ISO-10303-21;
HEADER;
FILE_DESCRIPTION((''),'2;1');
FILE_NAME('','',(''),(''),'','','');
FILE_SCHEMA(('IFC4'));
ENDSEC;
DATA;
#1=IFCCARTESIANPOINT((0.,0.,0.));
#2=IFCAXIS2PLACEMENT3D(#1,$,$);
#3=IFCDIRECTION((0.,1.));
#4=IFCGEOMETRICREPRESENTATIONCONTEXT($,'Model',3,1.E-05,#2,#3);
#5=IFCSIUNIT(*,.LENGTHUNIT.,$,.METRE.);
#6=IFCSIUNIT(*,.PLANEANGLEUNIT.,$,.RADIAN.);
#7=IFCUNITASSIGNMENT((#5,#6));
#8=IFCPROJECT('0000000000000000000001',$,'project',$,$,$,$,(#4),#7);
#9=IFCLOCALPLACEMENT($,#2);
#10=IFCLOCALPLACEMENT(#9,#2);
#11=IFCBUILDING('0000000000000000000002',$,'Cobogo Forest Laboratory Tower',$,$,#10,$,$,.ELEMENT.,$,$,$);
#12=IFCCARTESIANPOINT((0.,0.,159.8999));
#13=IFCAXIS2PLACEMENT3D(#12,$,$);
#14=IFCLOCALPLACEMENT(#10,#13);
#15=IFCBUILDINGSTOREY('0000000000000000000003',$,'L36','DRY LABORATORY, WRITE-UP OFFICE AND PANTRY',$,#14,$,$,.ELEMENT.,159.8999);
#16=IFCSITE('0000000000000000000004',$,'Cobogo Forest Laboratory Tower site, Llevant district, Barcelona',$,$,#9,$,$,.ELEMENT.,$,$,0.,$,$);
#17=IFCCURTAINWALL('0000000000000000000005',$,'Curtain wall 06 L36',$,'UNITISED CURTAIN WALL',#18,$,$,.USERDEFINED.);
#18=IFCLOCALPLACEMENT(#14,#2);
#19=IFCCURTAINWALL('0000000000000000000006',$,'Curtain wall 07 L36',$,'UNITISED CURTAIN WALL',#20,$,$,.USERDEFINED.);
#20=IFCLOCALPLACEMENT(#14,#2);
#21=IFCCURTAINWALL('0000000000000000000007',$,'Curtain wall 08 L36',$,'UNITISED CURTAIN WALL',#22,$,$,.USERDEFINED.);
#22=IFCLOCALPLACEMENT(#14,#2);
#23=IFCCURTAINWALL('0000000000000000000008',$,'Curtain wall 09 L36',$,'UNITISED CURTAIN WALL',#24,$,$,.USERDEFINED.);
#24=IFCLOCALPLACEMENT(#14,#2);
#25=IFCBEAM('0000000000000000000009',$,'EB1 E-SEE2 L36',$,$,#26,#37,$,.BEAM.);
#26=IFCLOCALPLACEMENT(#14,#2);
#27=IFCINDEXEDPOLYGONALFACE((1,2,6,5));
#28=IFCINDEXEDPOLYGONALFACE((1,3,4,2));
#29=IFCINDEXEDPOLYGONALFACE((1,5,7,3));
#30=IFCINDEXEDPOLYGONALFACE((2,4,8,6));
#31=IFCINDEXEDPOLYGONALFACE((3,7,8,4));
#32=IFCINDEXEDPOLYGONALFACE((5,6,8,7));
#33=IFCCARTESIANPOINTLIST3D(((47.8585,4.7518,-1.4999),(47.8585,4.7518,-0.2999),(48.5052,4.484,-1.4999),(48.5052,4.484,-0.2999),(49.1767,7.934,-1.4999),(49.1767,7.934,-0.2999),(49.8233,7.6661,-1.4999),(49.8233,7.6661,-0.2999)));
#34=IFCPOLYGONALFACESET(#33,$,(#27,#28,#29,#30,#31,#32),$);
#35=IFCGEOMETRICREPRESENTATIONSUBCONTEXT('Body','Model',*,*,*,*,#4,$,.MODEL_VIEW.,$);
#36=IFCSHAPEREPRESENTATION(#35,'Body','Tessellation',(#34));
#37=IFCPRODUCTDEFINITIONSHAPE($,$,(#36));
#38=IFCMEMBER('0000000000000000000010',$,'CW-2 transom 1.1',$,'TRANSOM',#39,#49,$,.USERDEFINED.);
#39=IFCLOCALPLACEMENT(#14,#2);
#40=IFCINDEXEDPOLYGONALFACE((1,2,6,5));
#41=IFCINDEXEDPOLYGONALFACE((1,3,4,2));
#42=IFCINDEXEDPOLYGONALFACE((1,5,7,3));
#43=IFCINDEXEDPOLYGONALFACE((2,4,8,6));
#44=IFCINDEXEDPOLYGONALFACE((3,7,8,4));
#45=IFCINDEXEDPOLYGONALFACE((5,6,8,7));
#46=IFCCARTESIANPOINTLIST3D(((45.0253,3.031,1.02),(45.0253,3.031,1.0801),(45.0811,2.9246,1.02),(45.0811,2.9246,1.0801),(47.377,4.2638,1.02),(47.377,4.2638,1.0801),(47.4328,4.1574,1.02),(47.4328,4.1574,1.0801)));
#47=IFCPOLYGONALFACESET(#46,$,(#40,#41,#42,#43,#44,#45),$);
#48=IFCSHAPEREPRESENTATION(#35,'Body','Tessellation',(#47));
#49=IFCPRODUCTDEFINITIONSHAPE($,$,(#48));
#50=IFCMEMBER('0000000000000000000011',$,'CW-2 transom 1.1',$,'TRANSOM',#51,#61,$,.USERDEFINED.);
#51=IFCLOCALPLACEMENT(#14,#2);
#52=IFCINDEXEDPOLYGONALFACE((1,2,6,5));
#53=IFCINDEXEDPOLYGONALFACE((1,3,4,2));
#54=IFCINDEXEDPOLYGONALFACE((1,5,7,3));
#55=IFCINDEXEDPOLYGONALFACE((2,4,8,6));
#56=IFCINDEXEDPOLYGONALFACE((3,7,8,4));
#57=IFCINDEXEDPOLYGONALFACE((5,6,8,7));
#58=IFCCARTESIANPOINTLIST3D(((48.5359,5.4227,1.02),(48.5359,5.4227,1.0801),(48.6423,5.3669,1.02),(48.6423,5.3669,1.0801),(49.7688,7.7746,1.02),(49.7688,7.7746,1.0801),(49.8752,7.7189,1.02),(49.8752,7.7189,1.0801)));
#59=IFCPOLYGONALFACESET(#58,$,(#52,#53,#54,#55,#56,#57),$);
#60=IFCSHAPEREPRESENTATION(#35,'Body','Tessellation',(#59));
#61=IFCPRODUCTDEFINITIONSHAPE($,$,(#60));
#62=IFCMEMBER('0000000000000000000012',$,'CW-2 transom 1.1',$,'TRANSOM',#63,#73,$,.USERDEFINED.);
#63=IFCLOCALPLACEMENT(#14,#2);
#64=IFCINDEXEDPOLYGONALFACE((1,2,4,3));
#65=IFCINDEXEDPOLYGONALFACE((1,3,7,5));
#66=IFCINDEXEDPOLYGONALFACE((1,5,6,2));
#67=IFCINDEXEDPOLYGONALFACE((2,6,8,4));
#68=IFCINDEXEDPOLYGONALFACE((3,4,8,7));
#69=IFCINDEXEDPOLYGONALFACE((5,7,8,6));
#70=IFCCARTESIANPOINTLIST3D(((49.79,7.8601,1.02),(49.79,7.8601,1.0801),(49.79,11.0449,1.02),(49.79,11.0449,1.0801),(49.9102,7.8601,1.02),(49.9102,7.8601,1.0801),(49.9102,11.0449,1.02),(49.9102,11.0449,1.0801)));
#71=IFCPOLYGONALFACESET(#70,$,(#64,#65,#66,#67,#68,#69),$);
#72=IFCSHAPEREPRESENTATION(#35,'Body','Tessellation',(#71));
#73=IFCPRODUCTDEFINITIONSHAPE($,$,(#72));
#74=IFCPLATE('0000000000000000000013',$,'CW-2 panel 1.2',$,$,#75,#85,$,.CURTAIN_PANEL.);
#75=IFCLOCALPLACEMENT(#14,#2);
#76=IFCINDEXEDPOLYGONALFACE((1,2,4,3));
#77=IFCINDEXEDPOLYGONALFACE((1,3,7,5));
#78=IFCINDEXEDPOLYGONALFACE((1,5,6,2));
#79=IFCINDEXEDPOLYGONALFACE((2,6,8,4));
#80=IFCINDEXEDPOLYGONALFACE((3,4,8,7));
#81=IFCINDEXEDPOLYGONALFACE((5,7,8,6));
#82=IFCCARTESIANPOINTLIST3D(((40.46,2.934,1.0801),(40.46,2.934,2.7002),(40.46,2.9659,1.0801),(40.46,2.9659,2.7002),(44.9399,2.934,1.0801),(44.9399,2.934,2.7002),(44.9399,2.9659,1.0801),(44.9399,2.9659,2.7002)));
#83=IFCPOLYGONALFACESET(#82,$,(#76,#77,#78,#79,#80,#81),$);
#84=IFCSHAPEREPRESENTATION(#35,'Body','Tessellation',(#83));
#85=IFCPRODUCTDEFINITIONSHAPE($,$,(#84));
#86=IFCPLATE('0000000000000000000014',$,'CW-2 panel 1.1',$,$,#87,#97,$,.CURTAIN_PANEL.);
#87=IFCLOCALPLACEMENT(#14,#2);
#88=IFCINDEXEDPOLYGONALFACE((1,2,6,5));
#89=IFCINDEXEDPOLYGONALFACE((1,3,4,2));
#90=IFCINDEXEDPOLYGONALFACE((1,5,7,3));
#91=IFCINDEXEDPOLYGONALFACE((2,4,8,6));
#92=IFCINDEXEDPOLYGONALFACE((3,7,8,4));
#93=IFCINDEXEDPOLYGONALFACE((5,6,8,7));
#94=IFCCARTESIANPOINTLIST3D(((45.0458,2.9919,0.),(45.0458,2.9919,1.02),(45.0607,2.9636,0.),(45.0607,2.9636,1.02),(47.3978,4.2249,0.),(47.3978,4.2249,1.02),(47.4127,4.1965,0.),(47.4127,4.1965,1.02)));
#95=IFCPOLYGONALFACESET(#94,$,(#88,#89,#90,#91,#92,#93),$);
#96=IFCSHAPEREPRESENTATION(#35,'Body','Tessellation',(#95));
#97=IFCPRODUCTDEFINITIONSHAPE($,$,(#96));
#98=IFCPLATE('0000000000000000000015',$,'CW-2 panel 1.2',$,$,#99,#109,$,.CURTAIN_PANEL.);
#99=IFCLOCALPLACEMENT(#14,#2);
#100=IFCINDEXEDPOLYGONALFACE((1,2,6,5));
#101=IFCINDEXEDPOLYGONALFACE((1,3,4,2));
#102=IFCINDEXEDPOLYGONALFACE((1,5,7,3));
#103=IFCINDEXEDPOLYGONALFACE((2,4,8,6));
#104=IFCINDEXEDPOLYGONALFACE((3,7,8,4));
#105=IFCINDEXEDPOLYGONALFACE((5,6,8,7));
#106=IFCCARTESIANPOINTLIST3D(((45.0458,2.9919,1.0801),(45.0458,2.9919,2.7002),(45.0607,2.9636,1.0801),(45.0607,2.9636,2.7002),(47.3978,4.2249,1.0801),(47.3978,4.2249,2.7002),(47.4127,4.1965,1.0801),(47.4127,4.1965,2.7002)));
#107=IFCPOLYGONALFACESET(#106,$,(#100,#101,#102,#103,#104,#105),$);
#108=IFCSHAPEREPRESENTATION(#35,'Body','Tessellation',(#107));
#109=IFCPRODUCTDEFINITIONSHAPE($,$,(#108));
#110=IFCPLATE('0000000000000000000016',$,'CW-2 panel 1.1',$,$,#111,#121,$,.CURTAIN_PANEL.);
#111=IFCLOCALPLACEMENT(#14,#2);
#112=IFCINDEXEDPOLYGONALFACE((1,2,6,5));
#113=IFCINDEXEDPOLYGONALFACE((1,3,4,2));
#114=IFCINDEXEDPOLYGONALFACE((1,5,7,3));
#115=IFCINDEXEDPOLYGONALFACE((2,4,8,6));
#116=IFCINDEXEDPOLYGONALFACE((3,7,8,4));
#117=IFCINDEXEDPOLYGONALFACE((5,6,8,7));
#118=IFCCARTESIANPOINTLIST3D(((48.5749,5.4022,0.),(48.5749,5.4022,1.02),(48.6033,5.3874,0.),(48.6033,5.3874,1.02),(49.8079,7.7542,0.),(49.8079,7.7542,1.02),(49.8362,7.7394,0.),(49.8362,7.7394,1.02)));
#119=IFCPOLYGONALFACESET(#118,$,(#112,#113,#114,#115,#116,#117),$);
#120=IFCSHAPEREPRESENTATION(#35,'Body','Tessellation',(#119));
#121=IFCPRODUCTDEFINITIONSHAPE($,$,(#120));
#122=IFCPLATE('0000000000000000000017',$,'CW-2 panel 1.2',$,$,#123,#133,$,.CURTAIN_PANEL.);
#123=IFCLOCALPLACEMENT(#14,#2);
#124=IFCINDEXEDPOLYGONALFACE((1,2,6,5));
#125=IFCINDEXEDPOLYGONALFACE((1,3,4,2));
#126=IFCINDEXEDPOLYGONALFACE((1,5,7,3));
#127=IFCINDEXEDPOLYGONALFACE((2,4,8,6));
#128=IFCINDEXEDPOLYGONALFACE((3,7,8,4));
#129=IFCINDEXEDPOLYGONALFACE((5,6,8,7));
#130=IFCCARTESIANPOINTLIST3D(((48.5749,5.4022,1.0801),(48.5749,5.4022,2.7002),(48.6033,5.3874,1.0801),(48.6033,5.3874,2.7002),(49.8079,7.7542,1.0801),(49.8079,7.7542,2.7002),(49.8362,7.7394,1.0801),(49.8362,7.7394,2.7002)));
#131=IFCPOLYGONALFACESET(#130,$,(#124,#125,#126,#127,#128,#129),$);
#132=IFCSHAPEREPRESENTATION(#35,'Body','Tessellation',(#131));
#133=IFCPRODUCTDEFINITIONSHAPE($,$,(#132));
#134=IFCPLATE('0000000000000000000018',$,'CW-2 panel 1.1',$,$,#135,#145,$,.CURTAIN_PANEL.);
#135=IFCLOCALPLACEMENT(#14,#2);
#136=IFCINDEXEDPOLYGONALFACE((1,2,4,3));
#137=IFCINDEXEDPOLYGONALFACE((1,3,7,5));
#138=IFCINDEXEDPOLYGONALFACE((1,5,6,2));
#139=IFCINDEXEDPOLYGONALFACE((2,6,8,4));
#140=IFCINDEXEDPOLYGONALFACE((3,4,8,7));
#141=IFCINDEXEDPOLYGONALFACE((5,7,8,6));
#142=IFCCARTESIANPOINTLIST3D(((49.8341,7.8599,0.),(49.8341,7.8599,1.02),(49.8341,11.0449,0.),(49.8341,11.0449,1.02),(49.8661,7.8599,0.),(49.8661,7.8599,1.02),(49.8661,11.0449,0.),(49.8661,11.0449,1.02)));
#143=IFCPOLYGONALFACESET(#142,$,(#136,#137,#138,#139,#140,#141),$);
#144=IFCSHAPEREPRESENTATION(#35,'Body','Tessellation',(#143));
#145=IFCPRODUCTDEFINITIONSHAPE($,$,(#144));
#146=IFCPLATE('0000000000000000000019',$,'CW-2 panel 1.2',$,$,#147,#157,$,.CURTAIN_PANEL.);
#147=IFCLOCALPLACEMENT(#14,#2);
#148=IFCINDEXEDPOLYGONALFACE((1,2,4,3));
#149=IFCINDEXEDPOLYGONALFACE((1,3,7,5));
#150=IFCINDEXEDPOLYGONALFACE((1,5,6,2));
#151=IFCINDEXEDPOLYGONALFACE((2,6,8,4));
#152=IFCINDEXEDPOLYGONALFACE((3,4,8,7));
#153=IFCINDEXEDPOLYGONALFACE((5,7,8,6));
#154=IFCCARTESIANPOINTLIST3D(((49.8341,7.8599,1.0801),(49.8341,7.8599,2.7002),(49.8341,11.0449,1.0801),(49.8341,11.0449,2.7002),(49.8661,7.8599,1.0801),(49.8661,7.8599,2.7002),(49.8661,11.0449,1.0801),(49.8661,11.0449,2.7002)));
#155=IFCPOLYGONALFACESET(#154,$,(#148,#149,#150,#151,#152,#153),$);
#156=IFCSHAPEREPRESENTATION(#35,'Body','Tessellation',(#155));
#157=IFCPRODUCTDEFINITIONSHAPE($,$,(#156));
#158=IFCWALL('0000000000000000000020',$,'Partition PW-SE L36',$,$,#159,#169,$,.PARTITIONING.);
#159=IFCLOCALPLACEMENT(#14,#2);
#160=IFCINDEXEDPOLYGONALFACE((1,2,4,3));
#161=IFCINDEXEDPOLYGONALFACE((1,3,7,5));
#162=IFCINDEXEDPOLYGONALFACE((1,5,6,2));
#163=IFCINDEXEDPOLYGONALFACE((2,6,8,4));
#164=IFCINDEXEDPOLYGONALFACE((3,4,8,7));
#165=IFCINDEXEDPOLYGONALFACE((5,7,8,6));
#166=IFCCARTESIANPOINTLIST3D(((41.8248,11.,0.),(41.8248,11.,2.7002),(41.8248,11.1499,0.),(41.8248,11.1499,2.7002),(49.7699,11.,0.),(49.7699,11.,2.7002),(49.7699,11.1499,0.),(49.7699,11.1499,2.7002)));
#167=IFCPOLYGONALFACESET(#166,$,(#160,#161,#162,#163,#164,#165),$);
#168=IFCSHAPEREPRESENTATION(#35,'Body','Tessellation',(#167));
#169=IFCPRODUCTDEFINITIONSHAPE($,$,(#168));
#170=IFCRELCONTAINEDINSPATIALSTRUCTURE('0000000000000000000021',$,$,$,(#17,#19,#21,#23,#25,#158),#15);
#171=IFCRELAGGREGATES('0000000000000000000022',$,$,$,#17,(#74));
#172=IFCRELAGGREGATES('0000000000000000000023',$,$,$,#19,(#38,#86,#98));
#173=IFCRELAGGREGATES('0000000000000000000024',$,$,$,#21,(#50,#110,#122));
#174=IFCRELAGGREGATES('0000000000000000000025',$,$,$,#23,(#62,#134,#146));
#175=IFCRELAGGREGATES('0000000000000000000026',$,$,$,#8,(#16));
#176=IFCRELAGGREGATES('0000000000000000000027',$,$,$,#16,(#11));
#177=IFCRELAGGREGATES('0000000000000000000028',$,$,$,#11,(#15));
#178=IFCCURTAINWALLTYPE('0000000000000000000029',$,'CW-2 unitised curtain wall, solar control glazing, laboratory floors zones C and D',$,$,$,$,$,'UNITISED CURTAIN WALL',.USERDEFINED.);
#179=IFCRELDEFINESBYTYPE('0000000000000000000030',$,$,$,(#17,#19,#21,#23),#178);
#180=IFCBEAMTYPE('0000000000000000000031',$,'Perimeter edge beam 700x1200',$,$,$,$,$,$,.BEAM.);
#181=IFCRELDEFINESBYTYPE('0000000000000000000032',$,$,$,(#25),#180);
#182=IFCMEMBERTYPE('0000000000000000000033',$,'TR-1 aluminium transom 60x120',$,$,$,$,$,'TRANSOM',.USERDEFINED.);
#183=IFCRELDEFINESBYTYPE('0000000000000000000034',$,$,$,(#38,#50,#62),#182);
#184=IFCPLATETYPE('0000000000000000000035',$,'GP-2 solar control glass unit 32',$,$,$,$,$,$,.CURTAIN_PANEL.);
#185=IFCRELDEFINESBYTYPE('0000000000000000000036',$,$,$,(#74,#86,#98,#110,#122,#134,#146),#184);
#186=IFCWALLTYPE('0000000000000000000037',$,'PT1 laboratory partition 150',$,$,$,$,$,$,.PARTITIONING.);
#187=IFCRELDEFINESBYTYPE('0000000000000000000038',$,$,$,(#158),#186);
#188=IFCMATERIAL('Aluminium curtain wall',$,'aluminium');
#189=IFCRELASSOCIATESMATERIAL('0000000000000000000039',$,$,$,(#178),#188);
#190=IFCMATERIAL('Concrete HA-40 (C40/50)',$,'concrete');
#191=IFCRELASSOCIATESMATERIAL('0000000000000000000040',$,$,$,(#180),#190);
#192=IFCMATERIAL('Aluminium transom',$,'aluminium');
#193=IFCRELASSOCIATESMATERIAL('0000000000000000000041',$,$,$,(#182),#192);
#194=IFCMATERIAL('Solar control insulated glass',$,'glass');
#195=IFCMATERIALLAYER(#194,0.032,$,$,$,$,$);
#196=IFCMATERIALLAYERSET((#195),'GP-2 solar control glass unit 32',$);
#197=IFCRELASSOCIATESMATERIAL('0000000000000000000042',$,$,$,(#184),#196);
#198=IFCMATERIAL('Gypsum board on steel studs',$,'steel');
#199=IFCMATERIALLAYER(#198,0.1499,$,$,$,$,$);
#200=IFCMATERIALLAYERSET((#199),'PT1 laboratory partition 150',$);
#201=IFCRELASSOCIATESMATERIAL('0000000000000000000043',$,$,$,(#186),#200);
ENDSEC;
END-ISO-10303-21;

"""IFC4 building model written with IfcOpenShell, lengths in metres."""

from ifc_helpers import new_model, si_unit, direction, frame, frame_2d, origin, origin_2d, place, context, subcontext, project, spatial, rectangle, extrude, material, layer, layer_set, material_profile, profile_set, type_object, element, aggregate, save


model = new_model("IFC4")

# Units and contexts
model_context = context("Model", 3, precision=1e-05, world=origin(), true_north=direction((0.0, 1.0)))
body_context = subcontext(model_context, "Body", "Model", "MODEL_VIEW")
ifc_project = project(units=[si_unit("LENGTHUNIT", "METRE"), si_unit("PLANEANGLEUNIT", "RADIAN")], contexts=[model_context])

# Site, building, storey
site_placement = place(None, origin())
site = spatial("IfcSite", under=ifc_project, at=site_placement, Name="Cobogo Forest Laboratory Tower site, Llevant district, Barcelona", CompositionType="ELEMENT", RefElevation=0.0)
building_placement = place(site_placement, origin())
building = spatial("IfcBuilding", under=site, at=building_placement, Name="Cobogo Forest Laboratory Tower", CompositionType="ELEMENT")
storey_placement = place(building_placement, frame((0.0, 0.0, 159.8999)))
storey = spatial("IfcBuildingStorey", under=building, at=storey_placement, Name="L36", Description="DRY LABORATORY, WRITE-UP OFFICE AND PANTRY", CompositionType="ELEMENT", Elevation=159.8999)

# Shared definitions
ifc_material_1 = material(Name="Concrete HA-40 (C40/50)", Category="concrete")

# Curtain wall
ifc_material_2 = material(Name="Aluminium curtain wall", Category="aluminium")
curtain_wall_type = type_object("IfcCurtainWallType", Name="CW-2 unitised curtain wall, solar control glazing, laboratory floors zones C and D", ElementType="UNITISED CURTAIN WALL", PredefinedType="USERDEFINED", material=ifc_material_2)
curtain_wall_1_placement = place(storey_placement, origin())
curtain_wall_1 = element("IfcCurtainWall", 1, at=curtain_wall_1_placement, inside=storey, type_object=curtain_wall_type, Name="Curtain wall 06 L36", ObjectType="UNITISED CURTAIN WALL", PredefinedType="USERDEFINED")

# Curtain walls
curtain_wall_2_placement = place(storey_placement, origin())
curtain_wall_2 = element("IfcCurtainWall", 2, at=curtain_wall_2_placement, inside=storey, type_object=curtain_wall_type, Name="Curtain wall 07 L36", ObjectType="UNITISED CURTAIN WALL", PredefinedType="USERDEFINED")
curtain_wall_3_placement = place(storey_placement, origin())
curtain_wall_3 = element("IfcCurtainWall", 3, at=curtain_wall_3_placement, inside=storey, type_object=curtain_wall_type, Name="Curtain wall 08 L36", ObjectType="UNITISED CURTAIN WALL", PredefinedType="USERDEFINED")
curtain_wall_4_placement = place(storey_placement, origin())
curtain_wall_4 = element("IfcCurtainWall", 4, at=curtain_wall_4_placement, inside=storey, type_object=curtain_wall_type, Name="Curtain wall 09 L36", ObjectType="UNITISED CURTAIN WALL", PredefinedType="USERDEFINED")

# Beam
ifc_material_profile_1 = material_profile(ifc_material_1, rectangle(XDim=0.7, YDim=1.2, at=origin_2d()), Name="RC 700x1200")
ifc_profile_set_1 = profile_set([ifc_material_profile_1], Name="Concrete HA-40 (C40/50)")
beam_type_1 = type_object("IfcBeamType", Name="Perimeter edge beam 700x1200", PredefinedType="BEAM", material=ifc_profile_set_1)
beam_1_placement = place(storey_placement, frame((49.5, 7.8, -0.8999), z_axis=(-0.382692, -0.923876, 0.0), x_axis=(0.923876, -0.382692, 0.0)))
element("IfcBeam", 5, at=beam_1_placement, inside=storey, type_object=beam_type_1, Name="EB1 E-SEE2 L36", PredefinedType="BEAM", context=body_context, shape_type="SweptSolid", body=[
    extrude(rectangle(XDim=0.7, YDim=1.2, at=origin_2d()), origin(), (0.0, 0.0, 1.0), 3.4443),
])

# Members
ifc_material_3 = material(Name="Aluminium transom", Category="aluminium")
ifc_material_profile_2 = material_profile(ifc_material_3, rectangle(XDim=0.1201, YDim=0.0601, at=origin_2d()), Name="AL 60x120")
ifc_profile_set_2 = profile_set([ifc_material_profile_2], Name="Aluminium transom")
member_type_1 = type_object("IfcMemberType", Name="TR-1 aluminium transom 60x120", ElementType="TRANSOM", PredefinedType="USERDEFINED", material=ifc_profile_set_2)
member_1_placement = place(storey_placement, frame((45.0532, 2.9778, 1.05), z_axis=(0.885675, 0.464306, 0.0), x_axis=(-0.464306, 0.885675, 0.0)))
member_1 = element("IfcMember", 6, at=member_1_placement, type_object=member_type_1, Name="CW-2 transom 1.1", ObjectType="TRANSOM", PredefinedType="USERDEFINED", context=body_context, shape_type="SweptSolid", body=[
    extrude(rectangle(XDim=0.1201, YDim=0.0601, at=origin_2d()), origin(), (0.0, 0.0, 1.0), 2.6553),
])
member_2_placement = place(storey_placement, frame((48.5891, 5.3948, 1.05), z_axis=(0.464268, 0.885695, 0.0), x_axis=(-0.885695, 0.464268, 0.0)))
member_2 = element("IfcMember", 7, at=member_2_placement, type_object=member_type_1, Name="CW-2 transom 1.1", ObjectType="TRANSOM", PredefinedType="USERDEFINED", context=body_context, shape_type="SweptSolid", body=[
    extrude(rectangle(XDim=0.1201, YDim=0.0601, at=origin_2d()), origin(), (0.0, 0.0, 1.0), 2.6555),
])
member_3_placement = place(storey_placement, frame((49.8501, 7.8601, 1.05), z_axis=(0.0, 1.0, 0.0), x_axis=(-1.0, 0.0, 0.0)))
member_3 = element("IfcMember", 8, at=member_3_placement, type_object=member_type_1, Name="CW-2 transom 1.1", ObjectType="TRANSOM", PredefinedType="USERDEFINED", context=body_context, shape_type="SweptSolid", body=[
    extrude(rectangle(XDim=0.1201, YDim=0.0601, at=origin_2d()), origin(), (0.0, 0.0, 1.0), 3.1848),
])

# Plates
ifc_material_4 = material(Name="Solar control insulated glass", Category="glass")
ifc_layer_1 = layer(ifc_material_4, 0.032)
ifc_layer_set_1 = layer_set([ifc_layer_1], Name="GP-2 solar control glass unit 32")
plate_type = type_object("IfcPlateType", Name="GP-2 solar control glass unit 32", PredefinedType="CURTAIN_PANEL", material=ifc_layer_set_1)
plate_1_placement = place(storey_placement, frame((42.7, 2.95, 1.0801), z_axis=(0.0, 0.0, 1.0), x_axis=(1.0, 0.0, 0.0)))
plate_1 = element("IfcPlate", 9, at=plate_1_placement, type_object=plate_type, Name="CW-2 panel 1.2", PredefinedType="CURTAIN_PANEL", context=body_context, shape_type="SweptSolid", body=[
    extrude(rectangle(XDim=4.48, YDim=0.032, at=origin_2d()), origin(), (0.0, 0.0, 1.0), 1.6201),
])
aggregate(curtain_wall_1, [plate_1])
plate_2_placement = place(storey_placement, frame((46.2292, 3.5942, 0.0), z_axis=(0.0, 0.0, 1.0), x_axis=(0.885687, 0.464284, 0.0)))
plate_2 = element("IfcPlate", 10, at=plate_2_placement, type_object=plate_type, Name="CW-2 panel 1.1", PredefinedType="CURTAIN_PANEL", context=body_context, shape_type="SweptSolid", body=[
    extrude(rectangle(XDim=2.6555, YDim=0.032, at=origin_2d()), origin(), (0.0, 0.0, 1.0), 1.02),
])
plate_3_placement = place(storey_placement, frame((46.2292, 3.5942, 1.0801), z_axis=(0.0, 0.0, 1.0), x_axis=(0.885687, 0.464284, 0.0)))
plate_3 = element("IfcPlate", 11, at=plate_3_placement, type_object=plate_type, Name="CW-2 panel 1.2", PredefinedType="CURTAIN_PANEL", context=body_context, shape_type="SweptSolid", body=[
    extrude(rectangle(XDim=2.6555, YDim=0.032, at=origin_2d()), origin(), (0.0, 0.0, 1.0), 1.6201),
])
aggregate(curtain_wall_2, [member_1, plate_2, plate_3])
plate_4_placement = place(storey_placement, frame((49.2056, 6.5708, 0.0), z_axis=(0.0, 0.0, 1.0), x_axis=(0.464284, 0.885687, 0.0)))
plate_4 = element("IfcPlate", 12, at=plate_4_placement, type_object=plate_type, Name="CW-2 panel 1.1", PredefinedType="CURTAIN_PANEL", context=body_context, shape_type="SweptSolid", body=[
    extrude(rectangle(XDim=2.6555, YDim=0.032, at=origin_2d()), origin(), (0.0, 0.0, 1.0), 1.02),
])
plate_5_placement = place(storey_placement, frame((49.2056, 6.5708, 1.0801), z_axis=(0.0, 0.0, 1.0), x_axis=(0.464284, 0.885687, 0.0)))
plate_5 = element("IfcPlate", 13, at=plate_5_placement, type_object=plate_type, Name="CW-2 panel 1.2", PredefinedType="CURTAIN_PANEL", context=body_context, shape_type="SweptSolid", body=[
    extrude(rectangle(XDim=2.6555, YDim=0.032, at=origin_2d()), origin(), (0.0, 0.0, 1.0), 1.6201),
])
aggregate(curtain_wall_3, [member_2, plate_4, plate_5])
plate_6_placement = place(storey_placement, frame((49.8501, 9.4524, 0.0), z_axis=(0.0, 0.0, 1.0), x_axis=(0.0, 1.0, 0.0)))
plate_6 = element("IfcPlate", 14, at=plate_6_placement, type_object=plate_type, Name="CW-2 panel 1.1", PredefinedType="CURTAIN_PANEL", context=body_context, shape_type="SweptSolid", body=[
    extrude(rectangle(XDim=3.1851, YDim=0.032, at=origin_2d()), origin(), (0.0, 0.0, 1.0), 1.02),
])
plate_7_placement = place(storey_placement, frame((49.8501, 9.4524, 1.0801), z_axis=(0.0, 0.0, 1.0), x_axis=(0.0, 1.0, 0.0)))
plate_7 = element("IfcPlate", 15, at=plate_7_placement, type_object=plate_type, Name="CW-2 panel 1.2", PredefinedType="CURTAIN_PANEL", context=body_context, shape_type="SweptSolid", body=[
    extrude(rectangle(XDim=3.1851, YDim=0.032, at=origin_2d()), origin(), (0.0, 0.0, 1.0), 1.6201),
])
aggregate(curtain_wall_4, [member_3, plate_6, plate_7])

# Wall
ifc_material_5 = material(Name="Gypsum board on steel studs", Category="steel")
ifc_layer_2 = layer(ifc_material_5, 0.1499)
ifc_layer_set_2 = layer_set([ifc_layer_2], Name="PT1 laboratory partition 150")
wall_type = type_object("IfcWallType", Name="PT1 laboratory partition 150", PredefinedType="PARTITIONING", material=ifc_layer_set_2)
wall_placement = place(storey_placement, frame((49.77, 11.075, 0.0), z_axis=(0.0, 0.0, 1.0), x_axis=(-1.0, 0.0, 0.0)))
element("IfcWall", 16, at=wall_placement, inside=storey, type_object=wall_type, Name="Partition PW-SE L36", PredefinedType="PARTITIONING", context=body_context, shape_type="SweptSolid", body=[
    extrude(rectangle(XDim=7.9451, YDim=0.1499, at=frame_2d((3.9727, 0.0))), origin(), (0.0, 0.0, 1.0), 2.7002),
])

save(model, "model.ifc")
